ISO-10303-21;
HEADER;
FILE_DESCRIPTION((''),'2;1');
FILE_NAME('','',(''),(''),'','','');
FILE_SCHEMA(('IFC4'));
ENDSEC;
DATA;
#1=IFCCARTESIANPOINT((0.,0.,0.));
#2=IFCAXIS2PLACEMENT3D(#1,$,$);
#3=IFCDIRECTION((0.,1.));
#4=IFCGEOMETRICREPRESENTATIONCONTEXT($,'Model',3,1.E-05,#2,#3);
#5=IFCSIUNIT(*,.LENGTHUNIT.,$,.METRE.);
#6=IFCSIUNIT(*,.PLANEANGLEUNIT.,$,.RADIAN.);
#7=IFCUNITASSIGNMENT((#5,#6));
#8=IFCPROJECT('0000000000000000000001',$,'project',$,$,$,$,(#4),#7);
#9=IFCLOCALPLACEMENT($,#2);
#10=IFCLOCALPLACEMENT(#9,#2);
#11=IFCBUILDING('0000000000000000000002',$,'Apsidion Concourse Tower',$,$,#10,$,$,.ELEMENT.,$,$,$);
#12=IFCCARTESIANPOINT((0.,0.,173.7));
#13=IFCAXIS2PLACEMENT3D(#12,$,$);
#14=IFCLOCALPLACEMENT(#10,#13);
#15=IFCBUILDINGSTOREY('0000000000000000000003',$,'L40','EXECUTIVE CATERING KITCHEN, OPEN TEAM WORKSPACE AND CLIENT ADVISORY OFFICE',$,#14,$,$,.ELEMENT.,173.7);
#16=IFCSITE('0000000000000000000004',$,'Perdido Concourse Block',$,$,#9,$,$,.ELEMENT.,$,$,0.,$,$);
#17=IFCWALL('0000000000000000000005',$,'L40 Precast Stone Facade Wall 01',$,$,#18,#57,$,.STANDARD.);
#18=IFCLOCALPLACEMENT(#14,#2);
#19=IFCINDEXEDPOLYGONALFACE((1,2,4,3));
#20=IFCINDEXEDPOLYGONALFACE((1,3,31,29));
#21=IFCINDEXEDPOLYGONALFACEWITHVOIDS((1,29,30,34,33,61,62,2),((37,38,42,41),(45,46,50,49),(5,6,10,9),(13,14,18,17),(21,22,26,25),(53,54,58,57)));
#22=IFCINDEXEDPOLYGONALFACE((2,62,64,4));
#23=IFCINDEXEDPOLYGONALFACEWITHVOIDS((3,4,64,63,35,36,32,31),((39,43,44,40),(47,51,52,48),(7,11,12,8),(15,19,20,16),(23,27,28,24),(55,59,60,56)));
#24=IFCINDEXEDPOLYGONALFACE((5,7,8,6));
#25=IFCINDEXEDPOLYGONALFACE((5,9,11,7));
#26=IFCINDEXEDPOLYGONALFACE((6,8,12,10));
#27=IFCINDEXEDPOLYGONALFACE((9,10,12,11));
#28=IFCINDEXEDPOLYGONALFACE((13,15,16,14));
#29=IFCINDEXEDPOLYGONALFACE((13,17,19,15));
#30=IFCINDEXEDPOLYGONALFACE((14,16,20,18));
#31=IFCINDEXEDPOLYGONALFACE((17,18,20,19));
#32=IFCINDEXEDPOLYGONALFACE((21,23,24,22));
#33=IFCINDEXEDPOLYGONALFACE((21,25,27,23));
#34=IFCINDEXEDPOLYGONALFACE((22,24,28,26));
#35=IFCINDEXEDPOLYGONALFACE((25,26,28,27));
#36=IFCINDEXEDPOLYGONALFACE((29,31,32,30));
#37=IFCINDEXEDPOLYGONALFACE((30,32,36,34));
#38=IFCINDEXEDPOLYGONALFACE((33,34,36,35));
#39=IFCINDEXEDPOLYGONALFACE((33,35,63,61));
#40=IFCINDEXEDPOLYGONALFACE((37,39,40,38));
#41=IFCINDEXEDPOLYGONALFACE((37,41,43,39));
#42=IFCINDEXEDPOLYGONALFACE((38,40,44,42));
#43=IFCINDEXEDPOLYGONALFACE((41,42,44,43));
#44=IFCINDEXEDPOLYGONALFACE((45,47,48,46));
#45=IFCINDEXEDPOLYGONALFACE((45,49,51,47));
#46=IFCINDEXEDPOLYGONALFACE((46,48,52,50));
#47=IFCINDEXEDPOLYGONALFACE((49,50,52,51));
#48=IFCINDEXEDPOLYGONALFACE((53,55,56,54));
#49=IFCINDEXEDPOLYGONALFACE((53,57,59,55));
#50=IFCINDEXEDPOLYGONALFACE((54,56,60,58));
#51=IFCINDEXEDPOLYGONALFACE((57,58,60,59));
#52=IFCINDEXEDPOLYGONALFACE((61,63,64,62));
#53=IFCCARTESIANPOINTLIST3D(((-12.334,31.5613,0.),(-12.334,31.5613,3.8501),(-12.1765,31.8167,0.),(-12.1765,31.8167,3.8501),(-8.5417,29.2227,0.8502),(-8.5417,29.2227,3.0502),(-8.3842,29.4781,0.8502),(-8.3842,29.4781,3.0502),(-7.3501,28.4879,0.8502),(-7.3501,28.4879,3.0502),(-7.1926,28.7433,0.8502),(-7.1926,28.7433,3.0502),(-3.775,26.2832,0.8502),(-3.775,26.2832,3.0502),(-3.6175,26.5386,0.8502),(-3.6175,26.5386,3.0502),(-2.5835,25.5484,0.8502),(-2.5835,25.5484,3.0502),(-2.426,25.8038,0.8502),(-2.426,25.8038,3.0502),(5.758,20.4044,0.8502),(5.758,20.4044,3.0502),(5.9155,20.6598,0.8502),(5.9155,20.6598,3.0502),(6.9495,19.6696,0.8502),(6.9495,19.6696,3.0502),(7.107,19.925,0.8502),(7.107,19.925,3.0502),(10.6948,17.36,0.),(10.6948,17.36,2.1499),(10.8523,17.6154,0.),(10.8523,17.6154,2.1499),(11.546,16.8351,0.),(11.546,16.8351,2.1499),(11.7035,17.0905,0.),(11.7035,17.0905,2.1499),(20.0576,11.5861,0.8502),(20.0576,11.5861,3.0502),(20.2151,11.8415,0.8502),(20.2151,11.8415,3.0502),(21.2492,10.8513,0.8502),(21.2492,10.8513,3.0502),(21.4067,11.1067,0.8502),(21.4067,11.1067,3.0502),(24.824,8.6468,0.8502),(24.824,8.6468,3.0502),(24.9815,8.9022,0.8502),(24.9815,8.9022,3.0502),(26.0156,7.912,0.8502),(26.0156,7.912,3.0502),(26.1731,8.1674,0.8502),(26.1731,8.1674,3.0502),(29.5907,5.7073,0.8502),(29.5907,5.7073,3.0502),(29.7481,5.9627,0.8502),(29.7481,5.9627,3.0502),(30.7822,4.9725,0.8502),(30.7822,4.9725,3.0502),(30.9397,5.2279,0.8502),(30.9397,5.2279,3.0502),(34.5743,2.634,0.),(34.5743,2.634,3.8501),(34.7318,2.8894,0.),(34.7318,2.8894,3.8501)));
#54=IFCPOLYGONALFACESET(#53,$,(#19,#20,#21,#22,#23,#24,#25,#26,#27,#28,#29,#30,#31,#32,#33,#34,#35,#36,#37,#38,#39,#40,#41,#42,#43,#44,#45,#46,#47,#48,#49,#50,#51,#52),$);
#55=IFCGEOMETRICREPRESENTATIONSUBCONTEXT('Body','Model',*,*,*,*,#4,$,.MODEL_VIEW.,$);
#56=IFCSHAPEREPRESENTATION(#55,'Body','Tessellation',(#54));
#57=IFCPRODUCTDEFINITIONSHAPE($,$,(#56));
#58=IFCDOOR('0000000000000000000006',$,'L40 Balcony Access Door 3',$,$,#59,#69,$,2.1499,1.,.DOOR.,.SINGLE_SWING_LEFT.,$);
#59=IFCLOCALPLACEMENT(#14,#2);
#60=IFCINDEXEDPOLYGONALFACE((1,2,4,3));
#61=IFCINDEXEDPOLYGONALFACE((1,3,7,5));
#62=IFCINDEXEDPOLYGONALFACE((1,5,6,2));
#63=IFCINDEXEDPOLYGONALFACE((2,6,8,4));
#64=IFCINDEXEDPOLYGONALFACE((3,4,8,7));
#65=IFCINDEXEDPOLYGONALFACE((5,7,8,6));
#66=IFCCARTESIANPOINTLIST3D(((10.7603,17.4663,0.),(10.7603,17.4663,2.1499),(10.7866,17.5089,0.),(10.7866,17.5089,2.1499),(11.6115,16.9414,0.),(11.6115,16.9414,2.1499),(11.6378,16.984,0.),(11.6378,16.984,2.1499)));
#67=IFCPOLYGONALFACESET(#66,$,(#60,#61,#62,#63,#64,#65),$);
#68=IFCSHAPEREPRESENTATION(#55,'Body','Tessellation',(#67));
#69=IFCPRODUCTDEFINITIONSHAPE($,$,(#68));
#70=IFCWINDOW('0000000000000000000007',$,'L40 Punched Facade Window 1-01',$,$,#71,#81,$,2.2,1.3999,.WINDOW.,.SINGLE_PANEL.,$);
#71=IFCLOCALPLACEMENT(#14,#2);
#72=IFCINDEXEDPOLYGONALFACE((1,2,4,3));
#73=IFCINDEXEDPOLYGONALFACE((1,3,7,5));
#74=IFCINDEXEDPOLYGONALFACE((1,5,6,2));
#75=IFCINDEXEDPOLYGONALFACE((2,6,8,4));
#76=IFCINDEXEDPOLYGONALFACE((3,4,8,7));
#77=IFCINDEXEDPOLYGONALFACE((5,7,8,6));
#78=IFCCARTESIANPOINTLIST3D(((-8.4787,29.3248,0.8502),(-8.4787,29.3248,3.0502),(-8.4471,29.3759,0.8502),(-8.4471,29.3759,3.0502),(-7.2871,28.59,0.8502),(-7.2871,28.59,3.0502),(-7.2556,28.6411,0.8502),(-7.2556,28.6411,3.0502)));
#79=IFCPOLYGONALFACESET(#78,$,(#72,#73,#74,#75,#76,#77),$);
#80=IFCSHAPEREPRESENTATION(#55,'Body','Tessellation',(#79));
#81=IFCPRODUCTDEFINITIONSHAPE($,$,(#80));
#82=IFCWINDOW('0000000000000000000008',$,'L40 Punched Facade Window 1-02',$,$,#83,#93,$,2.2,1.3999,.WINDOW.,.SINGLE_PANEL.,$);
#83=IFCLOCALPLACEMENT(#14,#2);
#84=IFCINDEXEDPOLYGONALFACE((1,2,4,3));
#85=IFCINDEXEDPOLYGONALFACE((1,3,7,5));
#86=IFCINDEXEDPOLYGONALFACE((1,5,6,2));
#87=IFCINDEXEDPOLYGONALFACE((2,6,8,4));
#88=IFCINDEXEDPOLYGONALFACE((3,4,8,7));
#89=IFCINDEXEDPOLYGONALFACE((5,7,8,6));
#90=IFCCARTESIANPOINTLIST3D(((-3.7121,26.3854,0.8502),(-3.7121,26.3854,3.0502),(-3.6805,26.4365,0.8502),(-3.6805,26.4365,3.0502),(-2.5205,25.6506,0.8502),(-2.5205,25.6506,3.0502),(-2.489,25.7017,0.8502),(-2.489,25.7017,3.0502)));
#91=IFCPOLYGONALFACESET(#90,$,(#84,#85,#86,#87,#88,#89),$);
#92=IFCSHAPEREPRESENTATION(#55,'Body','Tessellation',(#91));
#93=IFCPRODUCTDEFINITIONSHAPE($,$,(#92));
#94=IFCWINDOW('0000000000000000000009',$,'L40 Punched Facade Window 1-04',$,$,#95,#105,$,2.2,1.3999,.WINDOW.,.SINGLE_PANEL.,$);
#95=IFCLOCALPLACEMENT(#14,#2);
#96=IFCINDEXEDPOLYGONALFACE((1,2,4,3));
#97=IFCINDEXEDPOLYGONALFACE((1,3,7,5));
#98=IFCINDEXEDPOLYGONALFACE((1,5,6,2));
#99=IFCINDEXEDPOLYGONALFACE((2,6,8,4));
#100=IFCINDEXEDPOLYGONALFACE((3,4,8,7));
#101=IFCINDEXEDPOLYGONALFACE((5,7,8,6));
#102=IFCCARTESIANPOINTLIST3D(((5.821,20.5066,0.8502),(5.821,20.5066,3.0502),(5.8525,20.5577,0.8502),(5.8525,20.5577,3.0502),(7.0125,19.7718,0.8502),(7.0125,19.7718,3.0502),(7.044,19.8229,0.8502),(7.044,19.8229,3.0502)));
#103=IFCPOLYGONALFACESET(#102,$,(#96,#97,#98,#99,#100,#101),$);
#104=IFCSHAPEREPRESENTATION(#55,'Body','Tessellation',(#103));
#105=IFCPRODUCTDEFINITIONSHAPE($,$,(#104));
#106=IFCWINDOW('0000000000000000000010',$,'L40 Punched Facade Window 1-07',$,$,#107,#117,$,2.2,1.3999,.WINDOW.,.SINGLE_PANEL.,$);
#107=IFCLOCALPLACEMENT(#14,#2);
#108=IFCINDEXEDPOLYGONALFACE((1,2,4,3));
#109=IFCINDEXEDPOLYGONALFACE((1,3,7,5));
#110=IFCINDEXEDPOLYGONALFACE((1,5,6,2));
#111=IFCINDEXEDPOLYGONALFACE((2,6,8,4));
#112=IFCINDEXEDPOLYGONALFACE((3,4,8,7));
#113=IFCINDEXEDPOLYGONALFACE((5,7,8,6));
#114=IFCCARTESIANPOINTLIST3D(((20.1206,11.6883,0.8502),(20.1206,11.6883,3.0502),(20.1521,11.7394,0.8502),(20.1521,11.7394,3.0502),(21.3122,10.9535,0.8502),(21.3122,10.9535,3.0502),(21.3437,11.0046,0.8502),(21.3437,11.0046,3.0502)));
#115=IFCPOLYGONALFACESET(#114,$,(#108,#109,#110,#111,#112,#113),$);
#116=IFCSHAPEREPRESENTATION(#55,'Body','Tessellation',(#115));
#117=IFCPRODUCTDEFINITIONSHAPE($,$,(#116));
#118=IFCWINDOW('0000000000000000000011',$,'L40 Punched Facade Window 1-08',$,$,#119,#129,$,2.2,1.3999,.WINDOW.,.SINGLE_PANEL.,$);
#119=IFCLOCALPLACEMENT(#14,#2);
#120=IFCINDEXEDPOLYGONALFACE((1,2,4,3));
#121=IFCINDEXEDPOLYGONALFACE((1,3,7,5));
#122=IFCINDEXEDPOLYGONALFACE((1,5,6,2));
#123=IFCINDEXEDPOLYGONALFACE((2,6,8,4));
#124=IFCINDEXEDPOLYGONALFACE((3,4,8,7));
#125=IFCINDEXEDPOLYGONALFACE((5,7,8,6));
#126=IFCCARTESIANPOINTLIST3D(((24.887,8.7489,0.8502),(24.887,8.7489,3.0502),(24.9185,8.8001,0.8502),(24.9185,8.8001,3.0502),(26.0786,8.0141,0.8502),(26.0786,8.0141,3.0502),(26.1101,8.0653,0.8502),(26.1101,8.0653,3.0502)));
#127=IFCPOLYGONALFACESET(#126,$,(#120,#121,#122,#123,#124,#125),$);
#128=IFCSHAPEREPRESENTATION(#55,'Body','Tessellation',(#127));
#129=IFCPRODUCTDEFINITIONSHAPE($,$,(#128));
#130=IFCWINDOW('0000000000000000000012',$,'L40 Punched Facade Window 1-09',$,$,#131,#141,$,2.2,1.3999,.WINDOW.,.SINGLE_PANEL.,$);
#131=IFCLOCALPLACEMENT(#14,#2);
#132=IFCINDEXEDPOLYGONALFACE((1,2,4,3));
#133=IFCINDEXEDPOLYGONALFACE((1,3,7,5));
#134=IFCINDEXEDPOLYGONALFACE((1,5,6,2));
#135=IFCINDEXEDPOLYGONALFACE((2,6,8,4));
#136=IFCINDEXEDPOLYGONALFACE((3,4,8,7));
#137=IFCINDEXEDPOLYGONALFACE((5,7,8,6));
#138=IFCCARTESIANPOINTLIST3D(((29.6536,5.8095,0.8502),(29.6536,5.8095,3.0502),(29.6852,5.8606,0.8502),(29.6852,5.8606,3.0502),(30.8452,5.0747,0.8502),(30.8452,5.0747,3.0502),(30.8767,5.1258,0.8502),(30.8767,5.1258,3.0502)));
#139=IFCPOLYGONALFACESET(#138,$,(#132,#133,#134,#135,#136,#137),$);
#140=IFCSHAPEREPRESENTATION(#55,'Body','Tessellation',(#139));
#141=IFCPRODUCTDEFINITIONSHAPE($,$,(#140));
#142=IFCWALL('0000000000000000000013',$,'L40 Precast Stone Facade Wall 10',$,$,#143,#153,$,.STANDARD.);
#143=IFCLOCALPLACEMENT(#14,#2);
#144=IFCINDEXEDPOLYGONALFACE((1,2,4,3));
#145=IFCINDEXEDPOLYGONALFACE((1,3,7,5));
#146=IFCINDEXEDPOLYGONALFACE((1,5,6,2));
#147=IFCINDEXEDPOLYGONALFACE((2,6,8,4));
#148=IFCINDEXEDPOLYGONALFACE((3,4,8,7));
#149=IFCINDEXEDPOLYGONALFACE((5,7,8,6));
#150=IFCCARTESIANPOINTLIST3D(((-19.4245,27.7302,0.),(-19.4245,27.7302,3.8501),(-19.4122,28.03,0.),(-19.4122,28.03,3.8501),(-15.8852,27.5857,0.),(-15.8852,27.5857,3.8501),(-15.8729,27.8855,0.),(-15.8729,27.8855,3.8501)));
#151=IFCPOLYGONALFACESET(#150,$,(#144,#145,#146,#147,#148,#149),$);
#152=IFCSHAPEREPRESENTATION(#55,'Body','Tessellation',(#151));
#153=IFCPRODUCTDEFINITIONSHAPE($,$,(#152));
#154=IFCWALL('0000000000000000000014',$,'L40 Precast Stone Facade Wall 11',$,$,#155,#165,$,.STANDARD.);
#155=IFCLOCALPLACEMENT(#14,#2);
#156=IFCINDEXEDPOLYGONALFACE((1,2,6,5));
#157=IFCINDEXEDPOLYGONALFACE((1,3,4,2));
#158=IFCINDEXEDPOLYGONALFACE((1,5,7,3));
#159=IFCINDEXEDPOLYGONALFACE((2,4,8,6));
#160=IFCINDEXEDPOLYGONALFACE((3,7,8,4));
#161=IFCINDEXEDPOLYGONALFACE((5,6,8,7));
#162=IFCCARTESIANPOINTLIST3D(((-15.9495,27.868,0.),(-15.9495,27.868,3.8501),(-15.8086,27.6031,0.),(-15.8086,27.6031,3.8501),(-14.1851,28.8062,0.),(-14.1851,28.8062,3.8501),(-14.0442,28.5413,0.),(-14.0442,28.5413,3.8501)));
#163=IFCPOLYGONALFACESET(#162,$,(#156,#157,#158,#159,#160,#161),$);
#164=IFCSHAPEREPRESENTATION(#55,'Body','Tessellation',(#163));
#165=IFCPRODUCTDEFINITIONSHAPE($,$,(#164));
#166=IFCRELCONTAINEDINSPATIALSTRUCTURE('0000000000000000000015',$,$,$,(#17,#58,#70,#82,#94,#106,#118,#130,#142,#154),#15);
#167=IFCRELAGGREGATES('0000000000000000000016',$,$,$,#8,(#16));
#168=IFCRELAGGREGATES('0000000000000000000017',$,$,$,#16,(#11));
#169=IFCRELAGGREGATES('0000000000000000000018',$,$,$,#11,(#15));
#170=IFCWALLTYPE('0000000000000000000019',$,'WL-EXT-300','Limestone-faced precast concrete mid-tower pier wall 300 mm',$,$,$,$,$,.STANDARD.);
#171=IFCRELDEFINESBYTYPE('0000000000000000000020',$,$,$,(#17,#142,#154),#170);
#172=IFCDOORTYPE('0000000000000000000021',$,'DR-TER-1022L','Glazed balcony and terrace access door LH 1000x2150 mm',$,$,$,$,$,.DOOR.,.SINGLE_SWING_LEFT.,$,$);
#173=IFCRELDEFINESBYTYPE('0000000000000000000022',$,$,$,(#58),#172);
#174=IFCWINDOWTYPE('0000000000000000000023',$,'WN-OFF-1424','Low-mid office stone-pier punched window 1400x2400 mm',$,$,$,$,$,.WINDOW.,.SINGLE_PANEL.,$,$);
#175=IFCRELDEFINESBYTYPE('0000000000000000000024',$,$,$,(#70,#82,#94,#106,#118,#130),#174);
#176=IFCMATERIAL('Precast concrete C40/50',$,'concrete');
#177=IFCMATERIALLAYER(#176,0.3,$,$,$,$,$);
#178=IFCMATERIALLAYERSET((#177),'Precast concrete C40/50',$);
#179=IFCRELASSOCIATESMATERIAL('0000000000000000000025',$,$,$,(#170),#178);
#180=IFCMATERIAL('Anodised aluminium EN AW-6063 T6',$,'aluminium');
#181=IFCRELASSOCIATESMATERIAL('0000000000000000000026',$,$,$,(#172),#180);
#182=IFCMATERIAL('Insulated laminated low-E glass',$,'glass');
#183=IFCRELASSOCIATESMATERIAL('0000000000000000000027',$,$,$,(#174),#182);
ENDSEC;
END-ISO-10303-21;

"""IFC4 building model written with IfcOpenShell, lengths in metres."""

from ifc_helpers import new_model, si_unit, direction, frame, frame_2d, origin, place, context, subcontext, project, spatial, rectangle, extrude, material, layer, layer_set, type_object, element, fill, save


model = new_model("IFC4")

# Units and contexts
model_context = context("Model", 3, precision=1e-05, world=origin(), true_north=direction((0.0, 1.0)))
body_context = subcontext(model_context, "Body", "Model", "MODEL_VIEW")
ifc_project = project(units=[si_unit("LENGTHUNIT", "METRE"), si_unit("PLANEANGLEUNIT", "RADIAN")], contexts=[model_context])

# Site, building, storey
site_placement = place(None, origin())
site = spatial("IfcSite", under=ifc_project, at=site_placement, Name="Perdido Concourse Block", CompositionType="ELEMENT", RefElevation=0.0)
building_placement = place(site_placement, origin())
building = spatial("IfcBuilding", under=site, at=building_placement, Name="Apsidion Concourse Tower", CompositionType="ELEMENT")
storey_placement = place(building_placement, frame((0.0, 0.0, 173.7)))
storey = spatial("IfcBuildingStorey", under=building, at=storey_placement, Name="L40", Description="EXECUTIVE CATERING KITCHEN, OPEN TEAM WORKSPACE AND CLIENT ADVISORY OFFICE", CompositionType="ELEMENT", Elevation=173.7)

# Wall, openings, door, windows
ifc_material_1 = material(Name="Precast concrete C40/50", Category="concrete")
ifc_layer_1 = layer(ifc_material_1, 0.3)
ifc_layer_set_1 = layer_set([ifc_layer_1], Name="Precast concrete C40/50")
wall_type_1 = type_object("IfcWallType", Name="WL-EXT-300", Description="Limestone-faced precast concrete mid-tower pier wall 300 mm", PredefinedType="STANDARD", material=ifc_layer_set_1)
wall_1_placement = place(storey_placement, frame((-12.2551, 31.689, 0.0), z_axis=(0.0, 0.0, 1.0), x_axis=(0.851167, -0.524896, 0.0)))
wall_1 = element("IfcWall", 1, at=wall_1_placement, inside=storey, type_object=wall_type_1, Name="L40 Precast Stone Facade Wall 01", PredefinedType="STANDARD", context=body_context, shape_type="SweptSolid", body=[
    extrude(rectangle(XDim=55.1106, YDim=0.3, at=frame_2d((27.5552, 0.0))), origin(), (0.0, 0.0, 1.0), 3.8501),
])
opening_1_placement = place(wall_1_placement, frame((27.0554, 0.0, 0.0)))
opening_1 = element("IfcOpeningElement", 2, at=opening_1_placement, cuts=wall_1, PredefinedType="OPENING", context=body_context, shape_type="SweptSolid", body=[
    extrude(rectangle(XDim=1.0, YDim=2.1499, at=frame_2d((0.5, 1.075))), frame((0.0, 0.1602, 0.0), z_axis=(0.0, -1.0, 0.0), x_axis=(1.0, 0.0, 0.0)), (0.0, 0.0, 1.0), 0.3201),
])
opening_2_placement = place(wall_1_placement, frame((4.4553, 0.0, 0.8501)))
opening_2 = element("IfcOpeningElement", 3, at=opening_2_placement, cuts=wall_1, PredefinedType="OPENING", context=body_context, shape_type="SweptSolid", body=[
    extrude(rectangle(XDim=1.3999, YDim=2.2, at=frame_2d((0.7, 1.1001))), frame((0.0, 0.1602, 0.0), z_axis=(0.0, -1.0, 0.0), x_axis=(1.0, 0.0, 0.0)), (0.0, 0.0, 1.0), 0.3201),
])
opening_3_placement = place(wall_1_placement, frame((10.0554, 0.0, 0.8501)))
opening_3 = element("IfcOpeningElement", 4, at=opening_3_placement, cuts=wall_1, PredefinedType="OPENING", context=body_context, shape_type="SweptSolid", body=[
    extrude(rectangle(XDim=1.3999, YDim=2.2, at=frame_2d((0.7, 1.1001))), frame((0.0, 0.1602, 0.0), z_axis=(0.0, -1.0, 0.0), x_axis=(1.0, 0.0, 0.0)), (0.0, 0.0, 1.0), 0.3201),
])
opening_4_placement = place(wall_1_placement, frame((21.2554, 0.0, 0.8501)))
opening_4 = element("IfcOpeningElement", 5, at=opening_4_placement, cuts=wall_1, PredefinedType="OPENING", context=body_context, shape_type="SweptSolid", body=[
    extrude(rectangle(XDim=1.3999, YDim=2.2, at=frame_2d((0.7, 1.1001))), frame((0.0, 0.1602, 0.0), z_axis=(0.0, -1.0, 0.0), x_axis=(1.0, 0.0, 0.0)), (0.0, 0.0, 1.0), 0.3201),
])
opening_5_placement = place(wall_1_placement, frame((38.0554, 0.0, 0.8501)))
opening_5 = element("IfcOpeningElement", 6, at=opening_5_placement, cuts=wall_1, PredefinedType="OPENING", context=body_context, shape_type="SweptSolid", body=[
    extrude(rectangle(XDim=1.3999, YDim=2.2, at=frame_2d((0.7, 1.1001))), frame((0.0, 0.1602, 0.0), z_axis=(0.0, -1.0, 0.0), x_axis=(1.0, 0.0, 0.0)), (0.0, 0.0, 1.0), 0.3201),
])
opening_6_placement = place(wall_1_placement, frame((43.6553, 0.0, 0.8501)))
opening_6 = element("IfcOpeningElement", 7, at=opening_6_placement, cuts=wall_1, PredefinedType="OPENING", context=body_context, shape_type="SweptSolid", body=[
    extrude(rectangle(XDim=1.3999, YDim=2.2, at=frame_2d((0.7, 1.1001))), frame((0.0, 0.1602, 0.0), z_axis=(0.0, -1.0, 0.0), x_axis=(1.0, 0.0, 0.0)), (0.0, 0.0, 1.0), 0.3201),
])
opening_7_placement = place(wall_1_placement, frame((49.2554, 0.0, 0.8501)))
opening_7 = element("IfcOpeningElement", 8, at=opening_7_placement, cuts=wall_1, PredefinedType="OPENING", context=body_context, shape_type="SweptSolid", body=[
    extrude(rectangle(XDim=1.3999, YDim=2.2, at=frame_2d((0.7, 1.1001))), frame((0.0, 0.1602, 0.0), z_axis=(0.0, -1.0, 0.0), x_axis=(1.0, 0.0, 0.0)), (0.0, 0.0, 1.0), 0.3201),
])
ifc_material_2 = material(Name="Anodised aluminium EN AW-6063 T6", Category="aluminium")
door_type_1 = type_object("IfcDoorType", Name="DR-TER-1022L", Description="Glazed balcony and terrace access door LH 1000x2150 mm", OperationType="SINGLE_SWING_LEFT", PredefinedType="DOOR", material=ifc_material_2)
door_1_placement = place(opening_1_placement, origin())
door_1 = element("IfcDoor", 9, at=door_1_placement, inside=storey, type_object=door_type_1, Name="L40 Balcony Access Door 3", OperationType="SINGLE_SWING_LEFT", OverallHeight=2.1499, OverallWidth=1.0, PredefinedType="DOOR", context=body_context, shape_type="SweptSolid", body=[
    extrude(rectangle(XDim=1.0, YDim=2.1499, at=frame_2d((0.5, 1.075))), frame((0.0, 0.0249, 0.0), z_axis=(0.0, -1.0, 0.0), x_axis=(1.0, 0.0, 0.0)), (0.0, 0.0, 1.0), 0.05),
])
fill(opening_1, door_1)
ifc_material_3 = material(Name="Insulated laminated low-E glass", Category="glass")
window_type = type_object("IfcWindowType", Name="WN-OFF-1424", Description="Low-mid office stone-pier punched window 1400x2400 mm", PartitioningType="SINGLE_PANEL", PredefinedType="WINDOW", material=ifc_material_3)
window_1_placement = place(opening_2_placement, origin())
window_1 = element("IfcWindow", 10, at=window_1_placement, inside=storey, type_object=window_type, Name="L40 Punched Facade Window 1-01", OverallHeight=2.2, OverallWidth=1.3999, PartitioningType="SINGLE_PANEL", PredefinedType="WINDOW", context=body_context, shape_type="SweptSolid", body=[
    extrude(rectangle(XDim=1.3999, YDim=2.2, at=frame_2d((0.7, 1.1001))), frame((0.0, 0.03, 0.0), z_axis=(0.0, -1.0, 0.0), x_axis=(1.0, 0.0, 0.0)), (0.0, 0.0, 1.0), 0.0601),
])
fill(opening_2, window_1)
window_2_placement = place(opening_3_placement, origin())
window_2 = element("IfcWindow", 11, at=window_2_placement, inside=storey, type_object=window_type, Name="L40 Punched Facade Window 1-02", OverallHeight=2.2, OverallWidth=1.3999, PartitioningType="SINGLE_PANEL", PredefinedType="WINDOW", context=body_context, shape_type="SweptSolid", body=[
    extrude(rectangle(XDim=1.3999, YDim=2.2, at=frame_2d((0.7, 1.1001))), frame((0.0, 0.03, 0.0), z_axis=(0.0, -1.0, 0.0), x_axis=(1.0, 0.0, 0.0)), (0.0, 0.0, 1.0), 0.0601),
])
fill(opening_3, window_2)
window_3_placement = place(opening_4_placement, origin())
window_3 = element("IfcWindow", 12, at=window_3_placement, inside=storey, type_object=window_type, Name="L40 Punched Facade Window 1-04", OverallHeight=2.2, OverallWidth=1.3999, PartitioningType="SINGLE_PANEL", PredefinedType="WINDOW", context=body_context, shape_type="SweptSolid", body=[
    extrude(rectangle(XDim=1.3999, YDim=2.2, at=frame_2d((0.7, 1.1001))), frame((0.0, 0.03, 0.0), z_axis=(0.0, -1.0, 0.0), x_axis=(1.0, 0.0, 0.0)), (0.0, 0.0, 1.0), 0.0601),
])
fill(opening_4, window_3)
window_4_placement = place(opening_5_placement, origin())
window_4 = element("IfcWindow", 13, at=window_4_placement, inside=storey, type_object=window_type, Name="L40 Punched Facade Window 1-07", OverallHeight=2.2, OverallWidth=1.3999, PartitioningType="SINGLE_PANEL", PredefinedType="WINDOW", context=body_context, shape_type="SweptSolid", body=[
    extrude(rectangle(XDim=1.3999, YDim=2.2, at=frame_2d((0.7, 1.1001))), frame((0.0, 0.03, 0.0), z_axis=(0.0, -1.0, 0.0), x_axis=(1.0, 0.0, 0.0)), (0.0, 0.0, 1.0), 0.0601),
])
fill(opening_5, window_4)
window_5_placement = place(opening_6_placement, origin())
window_5 = element("IfcWindow", 14, at=window_5_placement, inside=storey, type_object=window_type, Name="L40 Punched Facade Window 1-08", OverallHeight=2.2, OverallWidth=1.3999, PartitioningType="SINGLE_PANEL", PredefinedType="WINDOW", context=body_context, shape_type="SweptSolid", body=[
    extrude(rectangle(XDim=1.3999, YDim=2.2, at=frame_2d((0.7, 1.1001))), frame((0.0, 0.03, 0.0), z_axis=(0.0, -1.0, 0.0), x_axis=(1.0, 0.0, 0.0)), (0.0, 0.0, 1.0), 0.0601),
])
fill(opening_6, window_5)
window_6_placement = place(opening_7_placement, origin())
window_6 = element("IfcWindow", 15, at=window_6_placement, inside=storey, type_object=window_type, Name="L40 Punched Facade Window 1-09", OverallHeight=2.2, OverallWidth=1.3999, PartitioningType="SINGLE_PANEL", PredefinedType="WINDOW", context=body_context, shape_type="SweptSolid", body=[
    extrude(rectangle(XDim=1.3999, YDim=2.2, at=frame_2d((0.7, 1.1001))), frame((0.0, 0.03, 0.0), z_axis=(0.0, -1.0, 0.0), x_axis=(1.0, 0.0, 0.0)), (0.0, 0.0, 1.0), 0.0601),
])
fill(opening_7, window_6)

# Walls
wall_2_placement = place(storey_placement, frame((-19.4182, 27.8801, 0.0), z_axis=(0.0, 0.0, 1.0), x_axis=(0.999167, -0.040802, 0.0)))
element("IfcWall", 16, at=wall_2_placement, inside=storey, type_object=wall_type_1, Name="L40 Precast Stone Facade Wall 10", PredefinedType="STANDARD", context=body_context, shape_type="SweptSolid", body=[
    extrude(rectangle(XDim=3.5422, YDim=0.3, at=frame_2d((1.771, 0.0))), origin(), (0.0, 0.0, 1.0), 3.8501),
])
wall_3_placement = place(storey_placement, frame((-15.8789, 27.7356, 0.0), z_axis=(0.0, 0.0, 1.0), x_axis=(0.882931, 0.469504, 0.0)))
element("IfcWall", 17, at=wall_3_placement, inside=storey, type_object=wall_type_1, Name="L40 Precast Stone Facade Wall 11", PredefinedType="STANDARD", context=body_context, shape_type="SweptSolid", body=[
    extrude(rectangle(XDim=1.9983, YDim=0.3, at=frame_2d((0.999, 0.0))), origin(), (0.0, 0.0, 1.0), 3.8501),
])

save(model, "model.ifc")
